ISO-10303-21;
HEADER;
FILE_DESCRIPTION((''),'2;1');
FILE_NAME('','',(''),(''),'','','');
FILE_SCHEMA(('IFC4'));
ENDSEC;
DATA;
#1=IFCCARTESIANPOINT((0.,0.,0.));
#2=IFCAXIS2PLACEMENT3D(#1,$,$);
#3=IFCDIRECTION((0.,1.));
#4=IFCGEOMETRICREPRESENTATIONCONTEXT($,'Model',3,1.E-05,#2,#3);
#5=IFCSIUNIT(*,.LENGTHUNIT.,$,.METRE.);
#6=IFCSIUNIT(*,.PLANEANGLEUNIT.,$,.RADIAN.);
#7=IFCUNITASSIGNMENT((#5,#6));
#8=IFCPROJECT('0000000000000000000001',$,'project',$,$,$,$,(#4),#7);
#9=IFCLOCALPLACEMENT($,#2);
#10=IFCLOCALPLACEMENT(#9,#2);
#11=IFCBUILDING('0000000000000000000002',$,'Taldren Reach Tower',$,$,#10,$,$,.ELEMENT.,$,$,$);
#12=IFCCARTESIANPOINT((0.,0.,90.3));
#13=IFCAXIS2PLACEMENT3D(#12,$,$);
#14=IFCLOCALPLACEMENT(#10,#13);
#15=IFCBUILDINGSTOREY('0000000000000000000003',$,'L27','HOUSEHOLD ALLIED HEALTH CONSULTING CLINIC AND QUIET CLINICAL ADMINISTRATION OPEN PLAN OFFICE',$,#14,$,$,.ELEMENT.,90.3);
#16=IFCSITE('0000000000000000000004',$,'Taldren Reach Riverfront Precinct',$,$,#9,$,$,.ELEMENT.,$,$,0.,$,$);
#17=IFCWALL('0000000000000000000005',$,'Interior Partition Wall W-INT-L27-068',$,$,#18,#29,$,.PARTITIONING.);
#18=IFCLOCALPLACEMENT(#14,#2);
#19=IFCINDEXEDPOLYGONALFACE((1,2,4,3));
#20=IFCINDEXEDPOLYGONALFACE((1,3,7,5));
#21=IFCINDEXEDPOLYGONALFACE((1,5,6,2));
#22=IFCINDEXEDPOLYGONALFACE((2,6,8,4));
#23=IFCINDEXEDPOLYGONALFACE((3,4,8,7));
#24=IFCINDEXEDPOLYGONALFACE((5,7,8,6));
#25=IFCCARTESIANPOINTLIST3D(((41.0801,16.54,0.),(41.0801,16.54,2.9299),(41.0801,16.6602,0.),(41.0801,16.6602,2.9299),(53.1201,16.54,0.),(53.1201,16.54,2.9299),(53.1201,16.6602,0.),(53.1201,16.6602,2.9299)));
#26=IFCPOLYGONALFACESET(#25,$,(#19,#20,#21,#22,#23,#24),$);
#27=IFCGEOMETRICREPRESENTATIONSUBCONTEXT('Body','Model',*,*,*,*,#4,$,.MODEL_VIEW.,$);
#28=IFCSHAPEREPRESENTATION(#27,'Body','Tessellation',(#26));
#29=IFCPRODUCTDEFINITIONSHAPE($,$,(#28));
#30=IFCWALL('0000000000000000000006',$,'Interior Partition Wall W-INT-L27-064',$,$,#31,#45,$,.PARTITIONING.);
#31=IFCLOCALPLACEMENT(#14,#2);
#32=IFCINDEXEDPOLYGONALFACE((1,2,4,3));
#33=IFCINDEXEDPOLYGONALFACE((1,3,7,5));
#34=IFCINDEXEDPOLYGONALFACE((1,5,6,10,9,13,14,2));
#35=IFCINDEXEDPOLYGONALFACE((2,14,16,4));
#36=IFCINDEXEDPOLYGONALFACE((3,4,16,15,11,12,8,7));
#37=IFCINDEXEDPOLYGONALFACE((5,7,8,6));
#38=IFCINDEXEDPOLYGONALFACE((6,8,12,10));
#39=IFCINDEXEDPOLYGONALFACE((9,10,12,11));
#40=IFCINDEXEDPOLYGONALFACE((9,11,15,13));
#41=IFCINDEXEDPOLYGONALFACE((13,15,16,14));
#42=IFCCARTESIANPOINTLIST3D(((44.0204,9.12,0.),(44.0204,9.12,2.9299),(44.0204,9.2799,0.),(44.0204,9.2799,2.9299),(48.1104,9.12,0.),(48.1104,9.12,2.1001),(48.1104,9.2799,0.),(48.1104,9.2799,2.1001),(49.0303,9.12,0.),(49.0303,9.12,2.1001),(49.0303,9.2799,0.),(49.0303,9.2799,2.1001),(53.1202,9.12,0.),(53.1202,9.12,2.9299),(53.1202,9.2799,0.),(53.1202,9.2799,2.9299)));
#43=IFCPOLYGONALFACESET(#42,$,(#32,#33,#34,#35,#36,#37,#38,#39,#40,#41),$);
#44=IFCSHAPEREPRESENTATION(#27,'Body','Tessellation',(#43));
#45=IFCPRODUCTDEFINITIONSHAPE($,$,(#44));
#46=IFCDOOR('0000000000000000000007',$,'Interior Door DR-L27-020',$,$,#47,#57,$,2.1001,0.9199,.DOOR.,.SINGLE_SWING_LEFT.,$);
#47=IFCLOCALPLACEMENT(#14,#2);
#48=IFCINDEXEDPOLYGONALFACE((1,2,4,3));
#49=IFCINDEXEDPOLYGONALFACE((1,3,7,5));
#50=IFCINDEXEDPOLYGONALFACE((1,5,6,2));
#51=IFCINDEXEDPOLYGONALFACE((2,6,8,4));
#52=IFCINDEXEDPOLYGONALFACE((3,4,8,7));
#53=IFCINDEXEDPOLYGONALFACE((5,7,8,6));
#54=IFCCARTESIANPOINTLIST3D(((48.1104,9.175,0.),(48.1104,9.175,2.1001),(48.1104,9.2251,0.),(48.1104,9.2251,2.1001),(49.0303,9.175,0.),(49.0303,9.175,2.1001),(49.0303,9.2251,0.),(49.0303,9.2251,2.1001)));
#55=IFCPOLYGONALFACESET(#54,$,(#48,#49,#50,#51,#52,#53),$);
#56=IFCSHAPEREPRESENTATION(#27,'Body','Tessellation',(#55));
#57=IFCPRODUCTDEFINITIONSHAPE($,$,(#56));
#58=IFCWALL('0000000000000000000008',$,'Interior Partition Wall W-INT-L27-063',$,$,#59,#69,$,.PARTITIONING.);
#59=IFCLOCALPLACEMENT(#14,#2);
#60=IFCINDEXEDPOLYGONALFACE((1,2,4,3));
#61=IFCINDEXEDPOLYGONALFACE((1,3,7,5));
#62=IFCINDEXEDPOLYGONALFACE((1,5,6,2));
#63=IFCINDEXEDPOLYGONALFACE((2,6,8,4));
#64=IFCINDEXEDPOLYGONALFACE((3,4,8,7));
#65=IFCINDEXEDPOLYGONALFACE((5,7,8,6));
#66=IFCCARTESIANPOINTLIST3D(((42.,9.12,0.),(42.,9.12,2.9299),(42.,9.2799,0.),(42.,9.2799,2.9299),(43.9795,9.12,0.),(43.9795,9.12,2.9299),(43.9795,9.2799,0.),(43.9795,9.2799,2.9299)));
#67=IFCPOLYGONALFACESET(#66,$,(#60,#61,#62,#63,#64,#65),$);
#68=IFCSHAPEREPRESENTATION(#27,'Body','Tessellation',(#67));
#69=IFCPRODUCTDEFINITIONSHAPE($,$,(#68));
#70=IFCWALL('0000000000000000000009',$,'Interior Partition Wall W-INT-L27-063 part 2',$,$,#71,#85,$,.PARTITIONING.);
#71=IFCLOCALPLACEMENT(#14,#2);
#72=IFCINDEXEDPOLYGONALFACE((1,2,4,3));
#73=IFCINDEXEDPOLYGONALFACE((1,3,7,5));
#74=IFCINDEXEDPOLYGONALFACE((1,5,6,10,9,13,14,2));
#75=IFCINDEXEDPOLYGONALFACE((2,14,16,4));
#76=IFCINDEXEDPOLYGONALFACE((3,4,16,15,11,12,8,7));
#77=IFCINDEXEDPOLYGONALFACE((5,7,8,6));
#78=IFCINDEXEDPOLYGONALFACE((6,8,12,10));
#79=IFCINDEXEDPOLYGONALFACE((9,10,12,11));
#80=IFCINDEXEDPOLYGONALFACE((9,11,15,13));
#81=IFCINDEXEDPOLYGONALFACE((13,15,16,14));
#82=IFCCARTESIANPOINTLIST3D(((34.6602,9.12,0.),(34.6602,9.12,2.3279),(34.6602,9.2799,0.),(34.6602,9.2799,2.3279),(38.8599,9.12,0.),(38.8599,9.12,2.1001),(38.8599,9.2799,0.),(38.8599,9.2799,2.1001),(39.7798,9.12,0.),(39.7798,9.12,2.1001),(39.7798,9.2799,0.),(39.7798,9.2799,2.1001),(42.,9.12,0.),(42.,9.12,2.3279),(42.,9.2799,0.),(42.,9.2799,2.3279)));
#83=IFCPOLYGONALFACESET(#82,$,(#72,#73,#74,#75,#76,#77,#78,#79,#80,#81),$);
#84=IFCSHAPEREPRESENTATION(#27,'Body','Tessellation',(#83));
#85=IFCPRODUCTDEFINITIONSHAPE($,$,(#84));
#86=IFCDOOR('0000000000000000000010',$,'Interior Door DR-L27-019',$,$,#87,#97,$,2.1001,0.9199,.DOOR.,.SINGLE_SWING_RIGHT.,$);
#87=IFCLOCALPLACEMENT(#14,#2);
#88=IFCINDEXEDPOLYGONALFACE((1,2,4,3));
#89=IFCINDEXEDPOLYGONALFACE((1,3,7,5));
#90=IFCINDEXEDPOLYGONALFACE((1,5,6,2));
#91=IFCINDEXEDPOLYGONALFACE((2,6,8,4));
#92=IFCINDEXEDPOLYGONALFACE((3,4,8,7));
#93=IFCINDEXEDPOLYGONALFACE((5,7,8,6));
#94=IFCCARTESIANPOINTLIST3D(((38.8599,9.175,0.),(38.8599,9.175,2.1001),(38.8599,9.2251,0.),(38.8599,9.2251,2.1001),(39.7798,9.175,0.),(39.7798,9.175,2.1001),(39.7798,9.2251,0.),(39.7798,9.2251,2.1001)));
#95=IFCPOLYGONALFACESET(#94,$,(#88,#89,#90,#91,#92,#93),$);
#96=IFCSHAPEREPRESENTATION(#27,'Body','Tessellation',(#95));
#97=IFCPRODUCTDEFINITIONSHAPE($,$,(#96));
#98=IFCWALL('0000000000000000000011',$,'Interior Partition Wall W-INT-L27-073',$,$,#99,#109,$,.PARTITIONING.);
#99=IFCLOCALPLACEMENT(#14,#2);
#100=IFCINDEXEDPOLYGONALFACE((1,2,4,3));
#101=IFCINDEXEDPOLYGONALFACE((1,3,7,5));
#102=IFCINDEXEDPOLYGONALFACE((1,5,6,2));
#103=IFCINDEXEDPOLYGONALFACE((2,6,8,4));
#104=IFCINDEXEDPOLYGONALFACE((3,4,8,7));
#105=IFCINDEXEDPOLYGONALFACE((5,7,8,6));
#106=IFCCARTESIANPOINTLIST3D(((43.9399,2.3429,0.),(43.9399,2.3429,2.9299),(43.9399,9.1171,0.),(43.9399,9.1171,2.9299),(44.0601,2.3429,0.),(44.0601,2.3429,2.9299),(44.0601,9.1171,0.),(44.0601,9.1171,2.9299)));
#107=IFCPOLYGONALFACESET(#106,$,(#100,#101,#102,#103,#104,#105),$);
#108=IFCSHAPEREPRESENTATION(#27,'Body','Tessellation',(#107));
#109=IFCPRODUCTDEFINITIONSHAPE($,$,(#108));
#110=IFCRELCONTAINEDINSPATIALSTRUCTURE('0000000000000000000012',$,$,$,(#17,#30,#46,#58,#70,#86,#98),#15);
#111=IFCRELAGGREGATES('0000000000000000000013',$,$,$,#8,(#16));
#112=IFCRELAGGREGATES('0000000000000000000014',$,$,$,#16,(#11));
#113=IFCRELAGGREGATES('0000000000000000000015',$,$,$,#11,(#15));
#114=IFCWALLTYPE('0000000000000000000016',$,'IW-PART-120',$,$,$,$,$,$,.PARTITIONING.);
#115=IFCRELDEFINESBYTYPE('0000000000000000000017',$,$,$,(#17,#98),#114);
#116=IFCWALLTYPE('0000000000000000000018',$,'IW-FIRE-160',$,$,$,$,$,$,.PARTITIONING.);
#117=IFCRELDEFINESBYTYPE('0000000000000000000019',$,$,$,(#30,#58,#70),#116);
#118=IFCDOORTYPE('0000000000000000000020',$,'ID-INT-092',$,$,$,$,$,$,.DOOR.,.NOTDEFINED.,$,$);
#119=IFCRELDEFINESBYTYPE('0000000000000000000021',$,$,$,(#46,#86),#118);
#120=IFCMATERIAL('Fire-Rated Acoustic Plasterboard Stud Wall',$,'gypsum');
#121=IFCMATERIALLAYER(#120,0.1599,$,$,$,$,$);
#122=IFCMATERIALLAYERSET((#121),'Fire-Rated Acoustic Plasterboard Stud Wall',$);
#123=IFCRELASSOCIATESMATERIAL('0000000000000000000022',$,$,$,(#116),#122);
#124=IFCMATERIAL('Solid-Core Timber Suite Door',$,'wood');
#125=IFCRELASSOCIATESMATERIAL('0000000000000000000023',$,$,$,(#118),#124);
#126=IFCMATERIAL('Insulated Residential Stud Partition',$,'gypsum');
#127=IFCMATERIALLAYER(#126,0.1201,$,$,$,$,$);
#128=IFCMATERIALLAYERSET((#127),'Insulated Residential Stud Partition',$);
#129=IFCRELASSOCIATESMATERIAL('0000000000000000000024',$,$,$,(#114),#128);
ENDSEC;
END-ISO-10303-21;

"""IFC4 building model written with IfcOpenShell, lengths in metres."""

from ifc_helpers import new_model, si_unit, direction, frame, frame_2d, origin, place, context, subcontext, project, spatial, rectangle, extrude, source, transform, mapped, material, layer, layer_set, type_object, element, fill, save


model = new_model("IFC4")

# Units and contexts
model_context = context("Model", 3, precision=1e-05, world=origin(), true_north=direction((0.0, 1.0)))
body_context = subcontext(model_context, "Body", "Model", "MODEL_VIEW")
ifc_project = project(units=[si_unit("LENGTHUNIT", "METRE"), si_unit("PLANEANGLEUNIT", "RADIAN")], contexts=[model_context])

# Site, building, storey
site_placement = place(None, origin())
site = spatial("IfcSite", under=ifc_project, at=site_placement, Name="Taldren Reach Riverfront Precinct", CompositionType="ELEMENT", RefElevation=0.0)
building_placement = place(site_placement, origin())
building = spatial("IfcBuilding", under=site, at=building_placement, Name="Taldren Reach Tower", CompositionType="ELEMENT")
storey_placement = place(building_placement, frame((0.0, 0.0, 90.3)))
storey = spatial("IfcBuildingStorey", under=building, at=storey_placement, Name="L27", Description="HOUSEHOLD ALLIED HEALTH CONSULTING CLINIC AND QUIET CLINICAL ADMINISTRATION OPEN PLAN OFFICE", CompositionType="ELEMENT", Elevation=90.3)

# Shared definitions
ifc_material_1 = material(Name="Fire-Rated Acoustic Plasterboard Stud Wall", Category="gypsum")
ifc_layer_1 = layer(ifc_material_1, 0.1599)
ifc_layer_set_1 = layer_set([ifc_layer_1], Name="Fire-Rated Acoustic Plasterboard Stud Wall")
wall_type_1 = type_object("IfcWallType", Name="IW-FIRE-160", PredefinedType="PARTITIONING", material=ifc_layer_set_1)

# Shared definitions
shared_shape_1 = source(origin(), body_context, "Body", "SweptSolid", [
    extrude(rectangle(XDim=0.9199, YDim=2.1001, at=frame_2d((0.46, 1.05))), frame((0.0, 0.0898, 0.0), z_axis=(0.0, -1.0, 0.0), x_axis=(1.0, 0.0, 0.0)), (0.0, 0.0, 1.0), 0.1799),
])
ifc_material_2 = material(Name="Solid-Core Timber Suite Door", Category="wood")
door_type_1 = type_object("IfcDoorType", Name="ID-INT-092", OperationType="NOTDEFINED", PredefinedType="DOOR", material=ifc_material_2)
shared_shape_2 = source(origin(), body_context, "Body", "SweptSolid", [
    extrude(rectangle(XDim=0.9199, YDim=2.1001, at=frame_2d((0.46, 1.05))), frame((0.0, 0.0249, 0.0), z_axis=(0.0, -1.0, 0.0), x_axis=(1.0, 0.0, 0.0)), (0.0, 0.0, 1.0), 0.05),
])

# Wall
ifc_material_3 = material(Name="Insulated Residential Stud Partition", Category="gypsum")
ifc_layer_2 = layer(ifc_material_3, 0.1201)
ifc_layer_set_2 = layer_set([ifc_layer_2], Name="Insulated Residential Stud Partition")
wall_type_2 = type_object("IfcWallType", Name="IW-PART-120", PredefinedType="PARTITIONING", material=ifc_layer_set_2)
shared_shape_3 = source(origin(), body_context, "Body", "SweptSolid", [
    extrude(rectangle(XDim=12.04, YDim=0.1201, at=frame_2d((6.02, 0.0))), origin(), (0.0, 0.0, 1.0), 2.9299),
])
wall_1_placement = place(storey_placement, frame((41.0801, 16.6001, 0.0), z_axis=(0.0, 0.0, 1.0), x_axis=(1.0, 0.0, 0.0)))
element("IfcWall", 1, at=wall_1_placement, inside=storey, type_object=wall_type_2, Name="Interior Partition Wall W-INT-L27-068", PredefinedType="PARTITIONING", context=body_context, shape_type="MappedRepresentation", body=[
    mapped(shared_shape_3, transform((0.0, 0.0, 0.0), scale=1.0)),
])

# Wall, opening, door
shared_shape_4 = source(origin(), body_context, "Body", "SweptSolid", [
    extrude(rectangle(XDim=9.0999, YDim=0.1599, at=frame_2d((4.5498, 0.0))), origin(), (0.0, 0.0, 1.0), 2.9299),
])
wall_2_placement = place(storey_placement, frame((53.1201, 9.2, 0.0), z_axis=(0.0, 0.0, 1.0), x_axis=(-1.0, 0.0, 0.0)))
wall_2 = element("IfcWall", 2, at=wall_2_placement, inside=storey, type_object=wall_type_1, Name="Interior Partition Wall W-INT-L27-064", PredefinedType="PARTITIONING", context=body_context, shape_type="MappedRepresentation", body=[
    mapped(shared_shape_4, transform((0.0, 0.0, 0.0), scale=1.0)),
])
opening_1_placement = place(wall_2_placement, frame((4.0898, 0.0, 0.0)))
opening_1 = element("IfcOpeningElement", 3, at=opening_1_placement, cuts=wall_2, PredefinedType="OPENING", context=body_context, shape_type="MappedRepresentation", body=[
    mapped(shared_shape_1, transform((0.0, 0.0, 0.0), scale=1.0)),
])
door_1_placement = place(opening_1_placement, origin())
door_1 = element("IfcDoor", 4, at=door_1_placement, inside=storey, type_object=door_type_1, Name="Interior Door DR-L27-020", OperationType="SINGLE_SWING_LEFT", OverallHeight=2.1001, OverallWidth=0.9199, PredefinedType="DOOR", context=body_context, shape_type="MappedRepresentation", body=[
    mapped(shared_shape_2, transform((0.0, 0.0, 0.0), scale=1.0)),
])
fill(opening_1, door_1)

# Wall
shared_shape_5 = source(origin(), body_context, "Body", "SweptSolid", [
    extrude(rectangle(XDim=1.9795, YDim=0.1599, at=frame_2d((0.9897, 0.0))), origin(), (0.0, 0.0, 1.0), 2.9299),
])
wall_3_placement = place(storey_placement, frame((43.9795, 9.2, 0.0), z_axis=(0.0, 0.0, 1.0), x_axis=(-1.0, 0.0, 0.0)))
element("IfcWall", 5, at=wall_3_placement, inside=storey, type_object=wall_type_1, Name="Interior Partition Wall W-INT-L27-063", PredefinedType="PARTITIONING", context=body_context, shape_type="MappedRepresentation", body=[
    mapped(shared_shape_5, transform((0.0, 0.0, 0.0), scale=1.0)),
])

# Wall, opening, door
shared_shape_6 = source(origin(), body_context, "Body", "SweptSolid", [
    extrude(rectangle(XDim=7.3398, YDim=0.1599, at=frame_2d((3.6699, 0.0))), origin(), (0.0, 0.0, 1.0), 2.3279),
])
wall_4_placement = place(storey_placement, frame((42.0, 9.2, 0.0), z_axis=(0.0, 0.0, 1.0), x_axis=(-1.0, 0.0, 0.0)))
wall_4 = element("IfcWall", 6, at=wall_4_placement, inside=storey, type_object=wall_type_1, Name="Interior Partition Wall W-INT-L27-063 part 2", PredefinedType="PARTITIONING", context=body_context, shape_type="MappedRepresentation", body=[
    mapped(shared_shape_6, transform((0.0, 0.0, 0.0), scale=1.0)),
])
opening_2_placement = place(wall_4_placement, frame((2.2202, 0.0, 0.0)))
opening_2 = element("IfcOpeningElement", 7, at=opening_2_placement, cuts=wall_4, PredefinedType="OPENING", context=body_context, shape_type="MappedRepresentation", body=[
    mapped(shared_shape_1, transform((0.0, 0.0, 0.0), scale=1.0)),
])
door_2_placement = place(opening_2_placement, origin())
door_2 = element("IfcDoor", 8, at=door_2_placement, inside=storey, type_object=door_type_1, Name="Interior Door DR-L27-019", OperationType="SINGLE_SWING_RIGHT", OverallHeight=2.1001, OverallWidth=0.9199, PredefinedType="DOOR", context=body_context, shape_type="MappedRepresentation", body=[
    mapped(shared_shape_2, transform((0.0, 0.0, 0.0), scale=1.0)),
])
fill(opening_2, door_2)

# Wall
shared_shape_7 = source(origin(), body_context, "Body", "SweptSolid", [
    extrude(rectangle(XDim=6.7742, YDim=0.1201, at=frame_2d((3.3872, 0.0))), origin(), (0.0, 0.0, 1.0), 2.9299),
])
wall_5_placement = place(storey_placement, frame((44.0, 9.1172, 0.0), z_axis=(0.0, 0.0, 1.0), x_axis=(0.0, -1.0, 0.0)))
element("IfcWall", 9, at=wall_5_placement, inside=storey, type_object=wall_type_2, Name="Interior Partition Wall W-INT-L27-073", PredefinedType="PARTITIONING", context=body_context, shape_type="MappedRepresentation", body=[
    mapped(shared_shape_7, transform((0.0, 0.0, 0.0), scale=1.0)),
])

save(model, "model.ifc")
